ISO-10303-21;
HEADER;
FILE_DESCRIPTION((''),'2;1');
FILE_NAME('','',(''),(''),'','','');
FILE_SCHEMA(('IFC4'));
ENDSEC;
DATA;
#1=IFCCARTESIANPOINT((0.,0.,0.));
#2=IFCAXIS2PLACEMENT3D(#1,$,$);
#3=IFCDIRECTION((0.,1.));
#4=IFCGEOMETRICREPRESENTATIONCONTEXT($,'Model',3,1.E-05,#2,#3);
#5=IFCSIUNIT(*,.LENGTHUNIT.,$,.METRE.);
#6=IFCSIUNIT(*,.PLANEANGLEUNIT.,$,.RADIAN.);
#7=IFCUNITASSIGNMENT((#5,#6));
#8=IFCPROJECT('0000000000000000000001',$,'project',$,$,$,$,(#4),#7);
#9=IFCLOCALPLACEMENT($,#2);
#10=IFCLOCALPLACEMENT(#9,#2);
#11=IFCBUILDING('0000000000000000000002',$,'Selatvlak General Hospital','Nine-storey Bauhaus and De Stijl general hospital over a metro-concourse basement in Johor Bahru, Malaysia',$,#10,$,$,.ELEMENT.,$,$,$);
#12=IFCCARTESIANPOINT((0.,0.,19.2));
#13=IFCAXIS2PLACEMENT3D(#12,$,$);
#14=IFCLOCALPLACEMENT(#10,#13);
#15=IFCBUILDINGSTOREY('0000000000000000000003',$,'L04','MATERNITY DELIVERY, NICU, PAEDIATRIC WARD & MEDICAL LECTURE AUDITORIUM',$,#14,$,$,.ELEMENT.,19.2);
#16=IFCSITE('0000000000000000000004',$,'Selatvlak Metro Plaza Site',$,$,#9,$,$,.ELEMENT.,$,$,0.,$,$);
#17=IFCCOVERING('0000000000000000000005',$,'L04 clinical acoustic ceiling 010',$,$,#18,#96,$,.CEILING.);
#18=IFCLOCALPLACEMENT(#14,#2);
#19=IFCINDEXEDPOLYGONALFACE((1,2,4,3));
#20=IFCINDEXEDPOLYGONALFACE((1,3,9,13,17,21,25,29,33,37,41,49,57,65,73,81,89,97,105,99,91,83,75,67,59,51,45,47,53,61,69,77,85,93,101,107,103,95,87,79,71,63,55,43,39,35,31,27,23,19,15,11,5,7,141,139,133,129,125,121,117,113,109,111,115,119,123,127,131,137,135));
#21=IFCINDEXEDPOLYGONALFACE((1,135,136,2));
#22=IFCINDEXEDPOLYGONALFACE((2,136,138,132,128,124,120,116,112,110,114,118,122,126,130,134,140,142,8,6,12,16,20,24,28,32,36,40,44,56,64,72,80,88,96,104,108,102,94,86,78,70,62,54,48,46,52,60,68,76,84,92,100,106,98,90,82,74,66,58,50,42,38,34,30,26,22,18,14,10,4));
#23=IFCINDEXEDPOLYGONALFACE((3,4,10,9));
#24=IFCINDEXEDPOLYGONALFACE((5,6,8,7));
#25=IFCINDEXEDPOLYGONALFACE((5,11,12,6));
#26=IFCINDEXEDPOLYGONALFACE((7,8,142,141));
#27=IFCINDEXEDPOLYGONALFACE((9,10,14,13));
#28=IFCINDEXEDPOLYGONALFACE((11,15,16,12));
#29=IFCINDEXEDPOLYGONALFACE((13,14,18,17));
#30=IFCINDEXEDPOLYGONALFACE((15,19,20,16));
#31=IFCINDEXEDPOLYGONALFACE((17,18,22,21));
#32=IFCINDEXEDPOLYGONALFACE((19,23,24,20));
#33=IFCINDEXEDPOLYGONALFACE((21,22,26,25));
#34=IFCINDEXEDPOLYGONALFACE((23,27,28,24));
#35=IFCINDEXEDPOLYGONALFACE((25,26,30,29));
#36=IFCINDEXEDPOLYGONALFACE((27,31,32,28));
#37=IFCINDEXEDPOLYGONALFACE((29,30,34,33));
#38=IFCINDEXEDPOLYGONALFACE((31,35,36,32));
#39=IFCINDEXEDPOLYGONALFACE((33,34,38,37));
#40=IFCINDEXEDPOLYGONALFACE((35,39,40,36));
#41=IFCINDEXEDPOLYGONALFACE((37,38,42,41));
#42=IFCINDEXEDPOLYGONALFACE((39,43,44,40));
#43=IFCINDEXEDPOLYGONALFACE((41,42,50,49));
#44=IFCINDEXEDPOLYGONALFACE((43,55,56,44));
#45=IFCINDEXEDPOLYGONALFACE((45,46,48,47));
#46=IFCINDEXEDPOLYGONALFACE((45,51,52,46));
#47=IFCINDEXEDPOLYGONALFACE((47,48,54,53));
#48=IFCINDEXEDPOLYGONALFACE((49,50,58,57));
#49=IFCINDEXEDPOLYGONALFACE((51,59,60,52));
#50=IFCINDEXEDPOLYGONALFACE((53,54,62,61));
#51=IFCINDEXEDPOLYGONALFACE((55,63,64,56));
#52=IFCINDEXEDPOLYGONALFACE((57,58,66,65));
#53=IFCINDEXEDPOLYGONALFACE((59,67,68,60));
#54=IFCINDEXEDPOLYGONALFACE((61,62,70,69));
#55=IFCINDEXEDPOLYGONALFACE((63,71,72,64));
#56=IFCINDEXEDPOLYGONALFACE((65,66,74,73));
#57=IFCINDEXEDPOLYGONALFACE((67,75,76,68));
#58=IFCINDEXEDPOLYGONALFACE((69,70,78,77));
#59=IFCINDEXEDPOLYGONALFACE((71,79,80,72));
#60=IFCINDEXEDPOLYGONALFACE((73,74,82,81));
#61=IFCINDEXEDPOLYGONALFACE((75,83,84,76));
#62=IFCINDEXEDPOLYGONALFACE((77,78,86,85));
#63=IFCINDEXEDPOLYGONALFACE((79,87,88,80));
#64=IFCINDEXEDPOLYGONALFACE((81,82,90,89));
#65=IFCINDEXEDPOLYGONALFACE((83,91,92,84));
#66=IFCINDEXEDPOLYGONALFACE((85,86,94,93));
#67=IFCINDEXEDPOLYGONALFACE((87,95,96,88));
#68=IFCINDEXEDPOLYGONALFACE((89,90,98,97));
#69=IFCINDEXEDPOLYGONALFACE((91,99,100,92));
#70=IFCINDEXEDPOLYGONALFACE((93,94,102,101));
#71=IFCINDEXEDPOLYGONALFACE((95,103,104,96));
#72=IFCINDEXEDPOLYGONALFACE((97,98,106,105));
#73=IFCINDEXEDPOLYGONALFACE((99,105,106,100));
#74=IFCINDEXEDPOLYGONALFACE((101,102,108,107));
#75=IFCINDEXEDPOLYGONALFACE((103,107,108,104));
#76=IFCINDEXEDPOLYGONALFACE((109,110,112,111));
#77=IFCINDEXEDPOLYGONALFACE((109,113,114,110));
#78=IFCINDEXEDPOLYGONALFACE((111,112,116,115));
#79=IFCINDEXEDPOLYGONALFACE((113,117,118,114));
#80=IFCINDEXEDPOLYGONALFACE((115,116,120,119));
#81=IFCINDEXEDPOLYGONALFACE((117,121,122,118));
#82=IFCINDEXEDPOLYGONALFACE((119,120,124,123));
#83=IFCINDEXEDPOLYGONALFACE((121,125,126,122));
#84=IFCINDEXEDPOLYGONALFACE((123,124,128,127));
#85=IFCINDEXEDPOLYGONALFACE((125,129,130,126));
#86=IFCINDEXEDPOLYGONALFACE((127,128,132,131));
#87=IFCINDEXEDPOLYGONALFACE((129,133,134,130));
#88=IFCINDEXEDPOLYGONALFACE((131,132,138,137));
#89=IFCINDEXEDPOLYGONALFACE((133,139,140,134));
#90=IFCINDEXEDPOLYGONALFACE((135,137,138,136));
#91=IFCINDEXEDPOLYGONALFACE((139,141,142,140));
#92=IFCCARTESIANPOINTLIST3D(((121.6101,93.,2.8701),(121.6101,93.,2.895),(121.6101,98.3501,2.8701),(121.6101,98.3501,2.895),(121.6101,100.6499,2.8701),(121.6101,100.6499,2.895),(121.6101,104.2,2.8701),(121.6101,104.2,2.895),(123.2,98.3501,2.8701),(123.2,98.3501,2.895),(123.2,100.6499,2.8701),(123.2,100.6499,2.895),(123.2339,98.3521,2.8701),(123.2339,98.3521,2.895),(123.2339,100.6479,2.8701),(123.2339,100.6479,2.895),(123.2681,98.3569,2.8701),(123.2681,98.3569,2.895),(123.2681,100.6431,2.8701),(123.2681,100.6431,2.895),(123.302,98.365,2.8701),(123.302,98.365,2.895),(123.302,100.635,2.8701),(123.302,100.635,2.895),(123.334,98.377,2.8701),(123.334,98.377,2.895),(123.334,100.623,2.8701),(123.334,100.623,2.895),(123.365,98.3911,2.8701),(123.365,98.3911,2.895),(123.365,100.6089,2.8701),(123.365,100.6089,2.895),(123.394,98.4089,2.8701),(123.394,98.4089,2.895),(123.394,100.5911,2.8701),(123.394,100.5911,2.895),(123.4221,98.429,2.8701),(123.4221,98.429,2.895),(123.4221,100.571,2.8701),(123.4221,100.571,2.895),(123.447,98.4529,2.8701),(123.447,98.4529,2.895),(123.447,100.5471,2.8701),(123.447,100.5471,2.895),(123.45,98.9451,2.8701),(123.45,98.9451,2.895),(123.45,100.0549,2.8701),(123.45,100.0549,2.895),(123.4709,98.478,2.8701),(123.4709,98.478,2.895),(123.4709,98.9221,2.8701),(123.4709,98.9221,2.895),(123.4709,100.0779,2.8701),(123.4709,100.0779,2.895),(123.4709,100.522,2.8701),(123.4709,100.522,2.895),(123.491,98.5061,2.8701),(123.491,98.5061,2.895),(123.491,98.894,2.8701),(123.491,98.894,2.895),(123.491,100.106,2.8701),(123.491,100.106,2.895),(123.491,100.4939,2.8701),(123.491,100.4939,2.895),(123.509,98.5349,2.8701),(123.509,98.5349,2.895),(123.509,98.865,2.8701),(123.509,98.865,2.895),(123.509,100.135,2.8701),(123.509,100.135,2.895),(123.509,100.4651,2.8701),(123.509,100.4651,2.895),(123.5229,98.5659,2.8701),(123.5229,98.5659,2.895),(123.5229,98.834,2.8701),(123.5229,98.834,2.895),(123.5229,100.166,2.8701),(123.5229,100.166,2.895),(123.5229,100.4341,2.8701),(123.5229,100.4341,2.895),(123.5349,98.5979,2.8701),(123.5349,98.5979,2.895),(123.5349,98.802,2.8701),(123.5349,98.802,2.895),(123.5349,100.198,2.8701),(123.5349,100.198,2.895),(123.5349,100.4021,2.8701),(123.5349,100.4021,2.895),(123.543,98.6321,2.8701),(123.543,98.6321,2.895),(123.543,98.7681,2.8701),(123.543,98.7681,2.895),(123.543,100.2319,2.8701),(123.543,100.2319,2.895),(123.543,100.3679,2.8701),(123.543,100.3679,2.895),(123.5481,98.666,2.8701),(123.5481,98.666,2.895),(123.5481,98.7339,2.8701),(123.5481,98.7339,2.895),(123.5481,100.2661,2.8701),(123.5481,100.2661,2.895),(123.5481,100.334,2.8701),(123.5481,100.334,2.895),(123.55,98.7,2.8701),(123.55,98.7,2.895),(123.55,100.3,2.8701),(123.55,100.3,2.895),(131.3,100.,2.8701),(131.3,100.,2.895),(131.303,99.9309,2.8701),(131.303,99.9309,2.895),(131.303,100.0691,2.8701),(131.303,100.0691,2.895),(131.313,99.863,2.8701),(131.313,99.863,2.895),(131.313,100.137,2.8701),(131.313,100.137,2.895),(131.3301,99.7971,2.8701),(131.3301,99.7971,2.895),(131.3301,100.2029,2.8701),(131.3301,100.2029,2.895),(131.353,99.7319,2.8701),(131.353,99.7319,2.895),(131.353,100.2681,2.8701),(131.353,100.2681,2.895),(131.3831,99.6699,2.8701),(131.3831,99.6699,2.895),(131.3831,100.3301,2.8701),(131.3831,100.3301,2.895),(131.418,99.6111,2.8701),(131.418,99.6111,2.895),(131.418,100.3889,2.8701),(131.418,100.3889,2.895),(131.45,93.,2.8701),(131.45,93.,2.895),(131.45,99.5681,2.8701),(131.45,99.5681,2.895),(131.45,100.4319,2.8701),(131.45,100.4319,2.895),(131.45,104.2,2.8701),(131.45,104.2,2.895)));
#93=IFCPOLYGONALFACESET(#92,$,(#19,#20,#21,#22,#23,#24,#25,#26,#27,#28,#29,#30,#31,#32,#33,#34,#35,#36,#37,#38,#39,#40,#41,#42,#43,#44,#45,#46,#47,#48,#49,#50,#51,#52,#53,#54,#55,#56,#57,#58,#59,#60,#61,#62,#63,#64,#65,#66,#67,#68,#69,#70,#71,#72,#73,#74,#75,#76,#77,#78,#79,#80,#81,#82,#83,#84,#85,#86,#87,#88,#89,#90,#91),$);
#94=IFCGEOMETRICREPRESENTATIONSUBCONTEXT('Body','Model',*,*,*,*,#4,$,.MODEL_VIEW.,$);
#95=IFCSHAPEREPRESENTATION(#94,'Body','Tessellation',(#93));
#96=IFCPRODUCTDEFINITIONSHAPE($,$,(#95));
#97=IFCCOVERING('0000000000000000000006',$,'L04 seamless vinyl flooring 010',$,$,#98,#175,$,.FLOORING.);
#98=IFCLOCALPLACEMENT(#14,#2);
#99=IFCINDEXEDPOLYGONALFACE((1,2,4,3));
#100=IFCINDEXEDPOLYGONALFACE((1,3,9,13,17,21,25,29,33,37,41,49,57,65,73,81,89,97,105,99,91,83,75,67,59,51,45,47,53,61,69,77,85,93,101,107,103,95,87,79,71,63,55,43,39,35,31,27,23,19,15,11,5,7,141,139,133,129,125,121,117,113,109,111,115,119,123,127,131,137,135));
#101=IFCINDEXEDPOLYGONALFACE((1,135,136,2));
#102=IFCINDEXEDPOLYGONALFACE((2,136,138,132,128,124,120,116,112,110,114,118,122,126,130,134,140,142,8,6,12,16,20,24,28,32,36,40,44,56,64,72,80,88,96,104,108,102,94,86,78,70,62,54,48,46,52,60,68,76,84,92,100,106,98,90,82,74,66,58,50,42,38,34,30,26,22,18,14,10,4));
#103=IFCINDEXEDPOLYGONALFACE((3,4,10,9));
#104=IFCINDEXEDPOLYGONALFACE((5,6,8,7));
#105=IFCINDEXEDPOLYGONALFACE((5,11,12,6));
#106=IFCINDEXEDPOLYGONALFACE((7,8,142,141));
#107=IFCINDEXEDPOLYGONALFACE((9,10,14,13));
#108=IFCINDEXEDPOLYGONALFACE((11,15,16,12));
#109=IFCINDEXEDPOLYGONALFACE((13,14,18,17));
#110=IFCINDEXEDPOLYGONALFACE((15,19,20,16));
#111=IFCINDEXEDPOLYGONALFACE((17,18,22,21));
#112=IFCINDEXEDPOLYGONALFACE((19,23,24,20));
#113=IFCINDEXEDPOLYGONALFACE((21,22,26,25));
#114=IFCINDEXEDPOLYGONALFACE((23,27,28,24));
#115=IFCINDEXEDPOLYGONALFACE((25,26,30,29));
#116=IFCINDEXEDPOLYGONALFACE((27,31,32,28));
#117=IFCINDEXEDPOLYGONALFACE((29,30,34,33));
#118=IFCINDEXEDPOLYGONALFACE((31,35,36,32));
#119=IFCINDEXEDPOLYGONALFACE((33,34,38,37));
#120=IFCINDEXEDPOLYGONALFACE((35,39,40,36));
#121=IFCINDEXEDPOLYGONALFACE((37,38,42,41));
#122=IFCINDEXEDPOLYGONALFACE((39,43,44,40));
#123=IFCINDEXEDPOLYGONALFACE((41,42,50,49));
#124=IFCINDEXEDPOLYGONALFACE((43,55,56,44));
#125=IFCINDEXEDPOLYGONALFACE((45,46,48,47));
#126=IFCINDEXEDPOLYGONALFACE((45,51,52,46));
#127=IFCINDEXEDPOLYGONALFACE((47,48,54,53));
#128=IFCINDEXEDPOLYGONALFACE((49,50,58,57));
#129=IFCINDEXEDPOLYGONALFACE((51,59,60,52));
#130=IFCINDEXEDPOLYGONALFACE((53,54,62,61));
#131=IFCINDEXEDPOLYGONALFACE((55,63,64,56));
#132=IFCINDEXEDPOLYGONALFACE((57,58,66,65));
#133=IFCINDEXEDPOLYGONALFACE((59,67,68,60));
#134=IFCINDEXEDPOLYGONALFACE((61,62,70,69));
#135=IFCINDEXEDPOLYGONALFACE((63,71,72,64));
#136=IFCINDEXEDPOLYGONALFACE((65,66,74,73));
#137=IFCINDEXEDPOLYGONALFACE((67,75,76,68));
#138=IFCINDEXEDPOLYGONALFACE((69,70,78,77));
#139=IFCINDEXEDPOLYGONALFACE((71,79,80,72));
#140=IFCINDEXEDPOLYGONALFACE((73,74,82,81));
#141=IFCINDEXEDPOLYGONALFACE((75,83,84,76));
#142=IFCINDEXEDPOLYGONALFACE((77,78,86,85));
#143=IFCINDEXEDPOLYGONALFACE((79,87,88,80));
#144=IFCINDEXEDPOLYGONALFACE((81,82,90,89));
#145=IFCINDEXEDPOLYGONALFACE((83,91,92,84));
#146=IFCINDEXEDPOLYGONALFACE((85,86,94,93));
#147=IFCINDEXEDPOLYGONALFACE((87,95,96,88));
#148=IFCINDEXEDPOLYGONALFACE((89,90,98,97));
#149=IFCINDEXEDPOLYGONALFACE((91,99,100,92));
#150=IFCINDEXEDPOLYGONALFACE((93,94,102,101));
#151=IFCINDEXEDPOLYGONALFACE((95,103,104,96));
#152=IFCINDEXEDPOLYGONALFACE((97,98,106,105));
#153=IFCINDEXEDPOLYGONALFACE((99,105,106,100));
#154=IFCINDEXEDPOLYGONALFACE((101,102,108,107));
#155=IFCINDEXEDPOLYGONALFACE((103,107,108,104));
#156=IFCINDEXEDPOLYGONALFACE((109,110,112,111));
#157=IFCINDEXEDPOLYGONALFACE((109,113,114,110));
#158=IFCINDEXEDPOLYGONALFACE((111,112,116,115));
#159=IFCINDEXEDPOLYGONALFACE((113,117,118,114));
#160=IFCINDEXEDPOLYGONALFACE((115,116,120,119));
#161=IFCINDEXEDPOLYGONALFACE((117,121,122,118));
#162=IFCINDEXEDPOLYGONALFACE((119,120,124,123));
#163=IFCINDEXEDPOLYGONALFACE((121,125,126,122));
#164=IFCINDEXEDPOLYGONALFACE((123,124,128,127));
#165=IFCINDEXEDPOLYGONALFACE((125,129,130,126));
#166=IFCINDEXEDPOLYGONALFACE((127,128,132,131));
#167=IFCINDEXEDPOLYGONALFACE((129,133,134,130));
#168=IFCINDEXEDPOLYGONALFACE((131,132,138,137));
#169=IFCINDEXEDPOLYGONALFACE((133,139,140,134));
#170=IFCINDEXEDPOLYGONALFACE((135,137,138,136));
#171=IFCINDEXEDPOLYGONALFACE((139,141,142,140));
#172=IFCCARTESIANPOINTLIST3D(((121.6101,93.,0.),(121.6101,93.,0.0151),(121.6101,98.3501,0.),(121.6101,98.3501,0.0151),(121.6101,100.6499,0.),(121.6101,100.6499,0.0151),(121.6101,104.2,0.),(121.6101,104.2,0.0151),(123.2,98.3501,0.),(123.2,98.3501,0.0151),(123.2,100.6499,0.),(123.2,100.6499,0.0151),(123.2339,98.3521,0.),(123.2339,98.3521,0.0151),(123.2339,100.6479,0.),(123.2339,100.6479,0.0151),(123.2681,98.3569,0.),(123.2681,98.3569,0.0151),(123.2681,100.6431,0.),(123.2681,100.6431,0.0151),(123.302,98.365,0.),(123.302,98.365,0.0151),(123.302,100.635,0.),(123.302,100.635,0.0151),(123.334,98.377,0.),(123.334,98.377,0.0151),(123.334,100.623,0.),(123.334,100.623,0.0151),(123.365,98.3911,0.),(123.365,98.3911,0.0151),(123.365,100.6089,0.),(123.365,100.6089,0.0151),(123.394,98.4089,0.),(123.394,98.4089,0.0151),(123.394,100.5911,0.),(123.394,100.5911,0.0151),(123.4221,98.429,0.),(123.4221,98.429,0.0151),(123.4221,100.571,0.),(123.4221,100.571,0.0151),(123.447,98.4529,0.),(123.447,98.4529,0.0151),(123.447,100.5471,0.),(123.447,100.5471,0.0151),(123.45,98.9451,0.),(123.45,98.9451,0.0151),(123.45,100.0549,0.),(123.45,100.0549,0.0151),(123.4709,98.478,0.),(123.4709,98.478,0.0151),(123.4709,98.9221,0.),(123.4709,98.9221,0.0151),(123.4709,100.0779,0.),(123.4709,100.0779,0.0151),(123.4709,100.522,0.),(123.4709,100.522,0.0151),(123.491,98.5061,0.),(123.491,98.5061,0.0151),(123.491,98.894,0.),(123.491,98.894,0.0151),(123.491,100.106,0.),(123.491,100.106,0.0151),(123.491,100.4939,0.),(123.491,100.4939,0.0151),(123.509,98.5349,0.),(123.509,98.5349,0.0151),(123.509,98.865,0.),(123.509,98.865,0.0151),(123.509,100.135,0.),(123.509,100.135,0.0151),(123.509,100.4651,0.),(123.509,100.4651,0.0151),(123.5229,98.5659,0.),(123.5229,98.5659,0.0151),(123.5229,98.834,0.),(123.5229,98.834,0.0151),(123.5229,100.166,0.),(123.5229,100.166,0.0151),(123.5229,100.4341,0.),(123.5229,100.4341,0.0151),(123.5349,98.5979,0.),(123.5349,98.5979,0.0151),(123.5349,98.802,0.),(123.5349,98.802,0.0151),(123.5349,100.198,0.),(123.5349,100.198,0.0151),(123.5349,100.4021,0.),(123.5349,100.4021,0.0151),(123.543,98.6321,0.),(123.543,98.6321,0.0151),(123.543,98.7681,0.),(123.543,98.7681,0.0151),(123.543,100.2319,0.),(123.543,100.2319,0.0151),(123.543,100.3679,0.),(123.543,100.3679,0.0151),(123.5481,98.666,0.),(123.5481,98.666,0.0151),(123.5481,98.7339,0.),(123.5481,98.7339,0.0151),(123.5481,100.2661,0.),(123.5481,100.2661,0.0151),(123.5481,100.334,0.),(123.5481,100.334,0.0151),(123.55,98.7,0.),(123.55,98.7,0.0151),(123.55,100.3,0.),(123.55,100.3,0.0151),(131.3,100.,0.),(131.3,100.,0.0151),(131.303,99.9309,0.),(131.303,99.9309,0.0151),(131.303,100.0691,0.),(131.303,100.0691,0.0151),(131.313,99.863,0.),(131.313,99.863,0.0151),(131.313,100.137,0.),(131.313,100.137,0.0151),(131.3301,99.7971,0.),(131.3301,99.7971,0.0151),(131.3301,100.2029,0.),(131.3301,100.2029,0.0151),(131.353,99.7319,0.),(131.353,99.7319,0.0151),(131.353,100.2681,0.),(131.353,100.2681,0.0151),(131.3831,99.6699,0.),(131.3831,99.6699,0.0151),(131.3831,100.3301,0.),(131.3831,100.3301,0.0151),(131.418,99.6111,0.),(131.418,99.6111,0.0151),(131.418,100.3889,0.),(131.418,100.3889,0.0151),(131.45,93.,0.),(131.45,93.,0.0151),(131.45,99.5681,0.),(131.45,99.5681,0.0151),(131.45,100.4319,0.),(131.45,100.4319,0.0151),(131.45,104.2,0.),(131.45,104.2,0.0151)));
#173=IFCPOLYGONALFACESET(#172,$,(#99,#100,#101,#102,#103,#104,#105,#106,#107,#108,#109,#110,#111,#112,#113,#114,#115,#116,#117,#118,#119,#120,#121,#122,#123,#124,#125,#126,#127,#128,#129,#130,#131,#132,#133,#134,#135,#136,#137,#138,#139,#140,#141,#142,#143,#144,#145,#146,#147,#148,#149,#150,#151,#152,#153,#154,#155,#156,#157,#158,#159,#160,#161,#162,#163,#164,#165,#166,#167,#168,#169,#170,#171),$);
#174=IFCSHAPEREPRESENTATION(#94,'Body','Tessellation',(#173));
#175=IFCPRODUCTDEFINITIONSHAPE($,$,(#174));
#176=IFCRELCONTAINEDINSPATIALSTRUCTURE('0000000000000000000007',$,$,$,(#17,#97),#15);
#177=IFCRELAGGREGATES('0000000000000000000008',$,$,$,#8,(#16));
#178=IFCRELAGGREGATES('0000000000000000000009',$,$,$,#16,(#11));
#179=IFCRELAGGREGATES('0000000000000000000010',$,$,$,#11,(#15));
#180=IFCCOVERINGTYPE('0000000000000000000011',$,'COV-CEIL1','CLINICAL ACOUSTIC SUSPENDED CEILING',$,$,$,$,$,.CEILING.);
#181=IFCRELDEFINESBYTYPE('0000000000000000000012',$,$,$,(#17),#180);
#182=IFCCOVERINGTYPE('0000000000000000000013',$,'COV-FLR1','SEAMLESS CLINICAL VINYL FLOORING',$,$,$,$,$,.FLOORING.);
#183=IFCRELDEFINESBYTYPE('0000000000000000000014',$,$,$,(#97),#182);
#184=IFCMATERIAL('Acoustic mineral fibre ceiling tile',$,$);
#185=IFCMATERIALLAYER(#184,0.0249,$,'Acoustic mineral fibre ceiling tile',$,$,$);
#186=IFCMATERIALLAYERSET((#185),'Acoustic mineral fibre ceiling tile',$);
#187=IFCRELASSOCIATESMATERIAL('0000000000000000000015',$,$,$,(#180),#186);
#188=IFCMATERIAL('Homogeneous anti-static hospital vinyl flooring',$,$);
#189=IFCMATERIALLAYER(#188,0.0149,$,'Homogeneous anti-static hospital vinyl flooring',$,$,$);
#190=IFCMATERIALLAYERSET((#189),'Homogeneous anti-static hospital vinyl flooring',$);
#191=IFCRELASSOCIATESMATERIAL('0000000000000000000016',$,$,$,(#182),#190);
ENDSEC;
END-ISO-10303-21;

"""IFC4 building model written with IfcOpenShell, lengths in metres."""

from ifc_helpers import new_model, si_unit, direction, frame, origin, place, context, subcontext, project, spatial, polyline, outline, extrude, material, layer, layer_set, type_object, element, save


model = new_model("IFC4")

# Units and contexts
model_context = context("Model", 3, precision=1e-05, world=origin(), true_north=direction((0.0, 1.0)))
body_context = subcontext(model_context, "Body", "Model", "MODEL_VIEW")
ifc_project = project(units=[si_unit("LENGTHUNIT", "METRE"), si_unit("PLANEANGLEUNIT", "RADIAN")], contexts=[model_context])

# Site, building, storey
site_placement = place(None, origin())
site = spatial("IfcSite", under=ifc_project, at=site_placement, Name="Selatvlak Metro Plaza Site", CompositionType="ELEMENT", RefElevation=0.0)
building_placement = place(site_placement, origin())
building = spatial("IfcBuilding", under=site, at=building_placement, Name="Selatvlak General Hospital", Description="Nine-storey Bauhaus and De Stijl general hospital over a metro-concourse basement in Johor Bahru, Malaysia", CompositionType="ELEMENT")
storey_placement = place(building_placement, frame((0.0, 0.0, 19.2)))
storey = spatial("IfcBuildingStorey", under=building, at=storey_placement, Name="L04", Description="MATERNITY DELIVERY, NICU, PAEDIATRIC WARD & MEDICAL LECTURE AUDITORIUM", CompositionType="ELEMENT", Elevation=19.2)

# Coverings
ifc_material_1 = material(Name="Acoustic mineral fibre ceiling tile")
ifc_layer_1 = layer(ifc_material_1, 0.0249, Name="Acoustic mineral fibre ceiling tile")
ifc_layer_set_1 = layer_set([ifc_layer_1], Name="Acoustic mineral fibre ceiling tile")
covering_type_1 = type_object("IfcCoveringType", Name="COV-CEIL1", Description="CLINICAL ACOUSTIC SUSPENDED CEILING", PredefinedType="CEILING", material=ifc_layer_set_1)
covering_1_placement = place(storey_placement, frame((0.0, 0.0, 2.8701)))
element("IfcCovering", 1, at=covering_1_placement, inside=storey, type_object=covering_type_1, Name="L04 clinical acoustic ceiling 010", PredefinedType="CEILING", context=body_context, shape_type="SweptSolid", body=[
    extrude(outline(polyline([(131.45, 104.2), (131.45, 100.4319), (131.418, 100.3889), (131.3831, 100.3301), (131.353, 100.2681), (131.3301, 100.2029), (131.313, 100.137), (131.303, 100.0691), (131.3, 100.0), (131.303, 99.9309), (131.313, 99.863), (131.3301, 99.7971), (131.353, 99.7319), (131.3831, 99.6699), (131.418, 99.6111), (131.45, 99.5681), (131.45, 93.0), (121.6101, 93.0), (121.6101, 98.3501), (123.2, 98.3501), (123.2339, 98.3521), (123.2681, 98.3569), (123.302, 98.365), (123.334, 98.377), (123.365, 98.3911), (123.394, 98.4089), (123.4221, 98.429), (123.447, 98.4529), (123.4709, 98.478), (123.491, 98.5061), (123.509, 98.5349), (123.5229, 98.5659), (123.5349, 98.5979), (123.543, 98.6321), (123.5481, 98.666), (123.55, 98.7), (123.5481, 98.7339), (123.543, 98.7681), (123.5349, 98.802), (123.5229, 98.834), (123.509, 98.865), (123.491, 98.894), (123.4709, 98.9221), (123.45, 98.9451), (123.45, 100.0549), (123.4709, 100.0779), (123.491, 100.106), (123.509, 100.135), (123.5229, 100.166), (123.5349, 100.198), (123.543, 100.2319), (123.5481, 100.2661), (123.55, 100.3), (123.5481, 100.334), (123.543, 100.3679), (123.5349, 100.4021), (123.5229, 100.4341), (123.509, 100.4651), (123.491, 100.4939), (123.4709, 100.522), (123.447, 100.5471), (123.4221, 100.571), (123.394, 100.5911), (123.365, 100.6089), (123.334, 100.623), (123.302, 100.635), (123.2681, 100.6431), (123.2339, 100.6479), (123.2, 100.6499), (121.6101, 100.6499), (121.6101, 104.2), (131.45, 104.2)])), origin(), (0.0, 0.0, 1.0), 0.0249),
])
ifc_material_2 = material(Name="Homogeneous anti-static hospital vinyl flooring")
ifc_layer_2 = layer(ifc_material_2, 0.0149, Name="Homogeneous anti-static hospital vinyl flooring")
ifc_layer_set_2 = layer_set([ifc_layer_2], Name="Homogeneous anti-static hospital vinyl flooring")
covering_type_2 = type_object("IfcCoveringType", Name="COV-FLR1", Description="SEAMLESS CLINICAL VINYL FLOORING", PredefinedType="FLOORING", material=ifc_layer_set_2)
covering_2_placement = place(storey_placement, origin())
element("IfcCovering", 2, at=covering_2_placement, inside=storey, type_object=covering_type_2, Name="L04 seamless vinyl flooring 010", PredefinedType="FLOORING", context=body_context, shape_type="SweptSolid", body=[
    extrude(outline(polyline([(131.45, 104.2), (131.45, 100.4319), (131.418, 100.3889), (131.3831, 100.3301), (131.353, 100.2681), (131.3301, 100.2029), (131.313, 100.137), (131.303, 100.0691), (131.3, 100.0), (131.303, 99.9309), (131.313, 99.863), (131.3301, 99.7971), (131.353, 99.7319), (131.3831, 99.6699), (131.418, 99.6111), (131.45, 99.5681), (131.45, 93.0), (121.6101, 93.0), (121.6101, 98.3501), (123.2, 98.3501), (123.2339, 98.3521), (123.2681, 98.3569), (123.302, 98.365), (123.334, 98.377), (123.365, 98.3911), (123.394, 98.4089), (123.4221, 98.429), (123.447, 98.4529), (123.4709, 98.478), (123.491, 98.5061), (123.509, 98.5349), (123.5229, 98.5659), (123.5349, 98.5979), (123.543, 98.6321), (123.5481, 98.666), (123.55, 98.7), (123.5481, 98.7339), (123.543, 98.7681), (123.5349, 98.802), (123.5229, 98.834), (123.509, 98.865), (123.491, 98.894), (123.4709, 98.9221), (123.45, 98.9451), (123.45, 100.0549), (123.4709, 100.0779), (123.491, 100.106), (123.509, 100.135), (123.5229, 100.166), (123.5349, 100.198), (123.543, 100.2319), (123.5481, 100.2661), (123.55, 100.3), (123.5481, 100.334), (123.543, 100.3679), (123.5349, 100.4021), (123.5229, 100.4341), (123.509, 100.4651), (123.491, 100.4939), (123.4709, 100.522), (123.447, 100.5471), (123.4221, 100.571), (123.394, 100.5911), (123.365, 100.6089), (123.334, 100.623), (123.302, 100.635), (123.2681, 100.6431), (123.2339, 100.6479), (123.2, 100.6499), (121.6101, 100.6499), (121.6101, 104.2), (131.45, 104.2)])), origin(), (0.0, 0.0, 1.0), 0.0151),
])

save(model, "model.ifc")
